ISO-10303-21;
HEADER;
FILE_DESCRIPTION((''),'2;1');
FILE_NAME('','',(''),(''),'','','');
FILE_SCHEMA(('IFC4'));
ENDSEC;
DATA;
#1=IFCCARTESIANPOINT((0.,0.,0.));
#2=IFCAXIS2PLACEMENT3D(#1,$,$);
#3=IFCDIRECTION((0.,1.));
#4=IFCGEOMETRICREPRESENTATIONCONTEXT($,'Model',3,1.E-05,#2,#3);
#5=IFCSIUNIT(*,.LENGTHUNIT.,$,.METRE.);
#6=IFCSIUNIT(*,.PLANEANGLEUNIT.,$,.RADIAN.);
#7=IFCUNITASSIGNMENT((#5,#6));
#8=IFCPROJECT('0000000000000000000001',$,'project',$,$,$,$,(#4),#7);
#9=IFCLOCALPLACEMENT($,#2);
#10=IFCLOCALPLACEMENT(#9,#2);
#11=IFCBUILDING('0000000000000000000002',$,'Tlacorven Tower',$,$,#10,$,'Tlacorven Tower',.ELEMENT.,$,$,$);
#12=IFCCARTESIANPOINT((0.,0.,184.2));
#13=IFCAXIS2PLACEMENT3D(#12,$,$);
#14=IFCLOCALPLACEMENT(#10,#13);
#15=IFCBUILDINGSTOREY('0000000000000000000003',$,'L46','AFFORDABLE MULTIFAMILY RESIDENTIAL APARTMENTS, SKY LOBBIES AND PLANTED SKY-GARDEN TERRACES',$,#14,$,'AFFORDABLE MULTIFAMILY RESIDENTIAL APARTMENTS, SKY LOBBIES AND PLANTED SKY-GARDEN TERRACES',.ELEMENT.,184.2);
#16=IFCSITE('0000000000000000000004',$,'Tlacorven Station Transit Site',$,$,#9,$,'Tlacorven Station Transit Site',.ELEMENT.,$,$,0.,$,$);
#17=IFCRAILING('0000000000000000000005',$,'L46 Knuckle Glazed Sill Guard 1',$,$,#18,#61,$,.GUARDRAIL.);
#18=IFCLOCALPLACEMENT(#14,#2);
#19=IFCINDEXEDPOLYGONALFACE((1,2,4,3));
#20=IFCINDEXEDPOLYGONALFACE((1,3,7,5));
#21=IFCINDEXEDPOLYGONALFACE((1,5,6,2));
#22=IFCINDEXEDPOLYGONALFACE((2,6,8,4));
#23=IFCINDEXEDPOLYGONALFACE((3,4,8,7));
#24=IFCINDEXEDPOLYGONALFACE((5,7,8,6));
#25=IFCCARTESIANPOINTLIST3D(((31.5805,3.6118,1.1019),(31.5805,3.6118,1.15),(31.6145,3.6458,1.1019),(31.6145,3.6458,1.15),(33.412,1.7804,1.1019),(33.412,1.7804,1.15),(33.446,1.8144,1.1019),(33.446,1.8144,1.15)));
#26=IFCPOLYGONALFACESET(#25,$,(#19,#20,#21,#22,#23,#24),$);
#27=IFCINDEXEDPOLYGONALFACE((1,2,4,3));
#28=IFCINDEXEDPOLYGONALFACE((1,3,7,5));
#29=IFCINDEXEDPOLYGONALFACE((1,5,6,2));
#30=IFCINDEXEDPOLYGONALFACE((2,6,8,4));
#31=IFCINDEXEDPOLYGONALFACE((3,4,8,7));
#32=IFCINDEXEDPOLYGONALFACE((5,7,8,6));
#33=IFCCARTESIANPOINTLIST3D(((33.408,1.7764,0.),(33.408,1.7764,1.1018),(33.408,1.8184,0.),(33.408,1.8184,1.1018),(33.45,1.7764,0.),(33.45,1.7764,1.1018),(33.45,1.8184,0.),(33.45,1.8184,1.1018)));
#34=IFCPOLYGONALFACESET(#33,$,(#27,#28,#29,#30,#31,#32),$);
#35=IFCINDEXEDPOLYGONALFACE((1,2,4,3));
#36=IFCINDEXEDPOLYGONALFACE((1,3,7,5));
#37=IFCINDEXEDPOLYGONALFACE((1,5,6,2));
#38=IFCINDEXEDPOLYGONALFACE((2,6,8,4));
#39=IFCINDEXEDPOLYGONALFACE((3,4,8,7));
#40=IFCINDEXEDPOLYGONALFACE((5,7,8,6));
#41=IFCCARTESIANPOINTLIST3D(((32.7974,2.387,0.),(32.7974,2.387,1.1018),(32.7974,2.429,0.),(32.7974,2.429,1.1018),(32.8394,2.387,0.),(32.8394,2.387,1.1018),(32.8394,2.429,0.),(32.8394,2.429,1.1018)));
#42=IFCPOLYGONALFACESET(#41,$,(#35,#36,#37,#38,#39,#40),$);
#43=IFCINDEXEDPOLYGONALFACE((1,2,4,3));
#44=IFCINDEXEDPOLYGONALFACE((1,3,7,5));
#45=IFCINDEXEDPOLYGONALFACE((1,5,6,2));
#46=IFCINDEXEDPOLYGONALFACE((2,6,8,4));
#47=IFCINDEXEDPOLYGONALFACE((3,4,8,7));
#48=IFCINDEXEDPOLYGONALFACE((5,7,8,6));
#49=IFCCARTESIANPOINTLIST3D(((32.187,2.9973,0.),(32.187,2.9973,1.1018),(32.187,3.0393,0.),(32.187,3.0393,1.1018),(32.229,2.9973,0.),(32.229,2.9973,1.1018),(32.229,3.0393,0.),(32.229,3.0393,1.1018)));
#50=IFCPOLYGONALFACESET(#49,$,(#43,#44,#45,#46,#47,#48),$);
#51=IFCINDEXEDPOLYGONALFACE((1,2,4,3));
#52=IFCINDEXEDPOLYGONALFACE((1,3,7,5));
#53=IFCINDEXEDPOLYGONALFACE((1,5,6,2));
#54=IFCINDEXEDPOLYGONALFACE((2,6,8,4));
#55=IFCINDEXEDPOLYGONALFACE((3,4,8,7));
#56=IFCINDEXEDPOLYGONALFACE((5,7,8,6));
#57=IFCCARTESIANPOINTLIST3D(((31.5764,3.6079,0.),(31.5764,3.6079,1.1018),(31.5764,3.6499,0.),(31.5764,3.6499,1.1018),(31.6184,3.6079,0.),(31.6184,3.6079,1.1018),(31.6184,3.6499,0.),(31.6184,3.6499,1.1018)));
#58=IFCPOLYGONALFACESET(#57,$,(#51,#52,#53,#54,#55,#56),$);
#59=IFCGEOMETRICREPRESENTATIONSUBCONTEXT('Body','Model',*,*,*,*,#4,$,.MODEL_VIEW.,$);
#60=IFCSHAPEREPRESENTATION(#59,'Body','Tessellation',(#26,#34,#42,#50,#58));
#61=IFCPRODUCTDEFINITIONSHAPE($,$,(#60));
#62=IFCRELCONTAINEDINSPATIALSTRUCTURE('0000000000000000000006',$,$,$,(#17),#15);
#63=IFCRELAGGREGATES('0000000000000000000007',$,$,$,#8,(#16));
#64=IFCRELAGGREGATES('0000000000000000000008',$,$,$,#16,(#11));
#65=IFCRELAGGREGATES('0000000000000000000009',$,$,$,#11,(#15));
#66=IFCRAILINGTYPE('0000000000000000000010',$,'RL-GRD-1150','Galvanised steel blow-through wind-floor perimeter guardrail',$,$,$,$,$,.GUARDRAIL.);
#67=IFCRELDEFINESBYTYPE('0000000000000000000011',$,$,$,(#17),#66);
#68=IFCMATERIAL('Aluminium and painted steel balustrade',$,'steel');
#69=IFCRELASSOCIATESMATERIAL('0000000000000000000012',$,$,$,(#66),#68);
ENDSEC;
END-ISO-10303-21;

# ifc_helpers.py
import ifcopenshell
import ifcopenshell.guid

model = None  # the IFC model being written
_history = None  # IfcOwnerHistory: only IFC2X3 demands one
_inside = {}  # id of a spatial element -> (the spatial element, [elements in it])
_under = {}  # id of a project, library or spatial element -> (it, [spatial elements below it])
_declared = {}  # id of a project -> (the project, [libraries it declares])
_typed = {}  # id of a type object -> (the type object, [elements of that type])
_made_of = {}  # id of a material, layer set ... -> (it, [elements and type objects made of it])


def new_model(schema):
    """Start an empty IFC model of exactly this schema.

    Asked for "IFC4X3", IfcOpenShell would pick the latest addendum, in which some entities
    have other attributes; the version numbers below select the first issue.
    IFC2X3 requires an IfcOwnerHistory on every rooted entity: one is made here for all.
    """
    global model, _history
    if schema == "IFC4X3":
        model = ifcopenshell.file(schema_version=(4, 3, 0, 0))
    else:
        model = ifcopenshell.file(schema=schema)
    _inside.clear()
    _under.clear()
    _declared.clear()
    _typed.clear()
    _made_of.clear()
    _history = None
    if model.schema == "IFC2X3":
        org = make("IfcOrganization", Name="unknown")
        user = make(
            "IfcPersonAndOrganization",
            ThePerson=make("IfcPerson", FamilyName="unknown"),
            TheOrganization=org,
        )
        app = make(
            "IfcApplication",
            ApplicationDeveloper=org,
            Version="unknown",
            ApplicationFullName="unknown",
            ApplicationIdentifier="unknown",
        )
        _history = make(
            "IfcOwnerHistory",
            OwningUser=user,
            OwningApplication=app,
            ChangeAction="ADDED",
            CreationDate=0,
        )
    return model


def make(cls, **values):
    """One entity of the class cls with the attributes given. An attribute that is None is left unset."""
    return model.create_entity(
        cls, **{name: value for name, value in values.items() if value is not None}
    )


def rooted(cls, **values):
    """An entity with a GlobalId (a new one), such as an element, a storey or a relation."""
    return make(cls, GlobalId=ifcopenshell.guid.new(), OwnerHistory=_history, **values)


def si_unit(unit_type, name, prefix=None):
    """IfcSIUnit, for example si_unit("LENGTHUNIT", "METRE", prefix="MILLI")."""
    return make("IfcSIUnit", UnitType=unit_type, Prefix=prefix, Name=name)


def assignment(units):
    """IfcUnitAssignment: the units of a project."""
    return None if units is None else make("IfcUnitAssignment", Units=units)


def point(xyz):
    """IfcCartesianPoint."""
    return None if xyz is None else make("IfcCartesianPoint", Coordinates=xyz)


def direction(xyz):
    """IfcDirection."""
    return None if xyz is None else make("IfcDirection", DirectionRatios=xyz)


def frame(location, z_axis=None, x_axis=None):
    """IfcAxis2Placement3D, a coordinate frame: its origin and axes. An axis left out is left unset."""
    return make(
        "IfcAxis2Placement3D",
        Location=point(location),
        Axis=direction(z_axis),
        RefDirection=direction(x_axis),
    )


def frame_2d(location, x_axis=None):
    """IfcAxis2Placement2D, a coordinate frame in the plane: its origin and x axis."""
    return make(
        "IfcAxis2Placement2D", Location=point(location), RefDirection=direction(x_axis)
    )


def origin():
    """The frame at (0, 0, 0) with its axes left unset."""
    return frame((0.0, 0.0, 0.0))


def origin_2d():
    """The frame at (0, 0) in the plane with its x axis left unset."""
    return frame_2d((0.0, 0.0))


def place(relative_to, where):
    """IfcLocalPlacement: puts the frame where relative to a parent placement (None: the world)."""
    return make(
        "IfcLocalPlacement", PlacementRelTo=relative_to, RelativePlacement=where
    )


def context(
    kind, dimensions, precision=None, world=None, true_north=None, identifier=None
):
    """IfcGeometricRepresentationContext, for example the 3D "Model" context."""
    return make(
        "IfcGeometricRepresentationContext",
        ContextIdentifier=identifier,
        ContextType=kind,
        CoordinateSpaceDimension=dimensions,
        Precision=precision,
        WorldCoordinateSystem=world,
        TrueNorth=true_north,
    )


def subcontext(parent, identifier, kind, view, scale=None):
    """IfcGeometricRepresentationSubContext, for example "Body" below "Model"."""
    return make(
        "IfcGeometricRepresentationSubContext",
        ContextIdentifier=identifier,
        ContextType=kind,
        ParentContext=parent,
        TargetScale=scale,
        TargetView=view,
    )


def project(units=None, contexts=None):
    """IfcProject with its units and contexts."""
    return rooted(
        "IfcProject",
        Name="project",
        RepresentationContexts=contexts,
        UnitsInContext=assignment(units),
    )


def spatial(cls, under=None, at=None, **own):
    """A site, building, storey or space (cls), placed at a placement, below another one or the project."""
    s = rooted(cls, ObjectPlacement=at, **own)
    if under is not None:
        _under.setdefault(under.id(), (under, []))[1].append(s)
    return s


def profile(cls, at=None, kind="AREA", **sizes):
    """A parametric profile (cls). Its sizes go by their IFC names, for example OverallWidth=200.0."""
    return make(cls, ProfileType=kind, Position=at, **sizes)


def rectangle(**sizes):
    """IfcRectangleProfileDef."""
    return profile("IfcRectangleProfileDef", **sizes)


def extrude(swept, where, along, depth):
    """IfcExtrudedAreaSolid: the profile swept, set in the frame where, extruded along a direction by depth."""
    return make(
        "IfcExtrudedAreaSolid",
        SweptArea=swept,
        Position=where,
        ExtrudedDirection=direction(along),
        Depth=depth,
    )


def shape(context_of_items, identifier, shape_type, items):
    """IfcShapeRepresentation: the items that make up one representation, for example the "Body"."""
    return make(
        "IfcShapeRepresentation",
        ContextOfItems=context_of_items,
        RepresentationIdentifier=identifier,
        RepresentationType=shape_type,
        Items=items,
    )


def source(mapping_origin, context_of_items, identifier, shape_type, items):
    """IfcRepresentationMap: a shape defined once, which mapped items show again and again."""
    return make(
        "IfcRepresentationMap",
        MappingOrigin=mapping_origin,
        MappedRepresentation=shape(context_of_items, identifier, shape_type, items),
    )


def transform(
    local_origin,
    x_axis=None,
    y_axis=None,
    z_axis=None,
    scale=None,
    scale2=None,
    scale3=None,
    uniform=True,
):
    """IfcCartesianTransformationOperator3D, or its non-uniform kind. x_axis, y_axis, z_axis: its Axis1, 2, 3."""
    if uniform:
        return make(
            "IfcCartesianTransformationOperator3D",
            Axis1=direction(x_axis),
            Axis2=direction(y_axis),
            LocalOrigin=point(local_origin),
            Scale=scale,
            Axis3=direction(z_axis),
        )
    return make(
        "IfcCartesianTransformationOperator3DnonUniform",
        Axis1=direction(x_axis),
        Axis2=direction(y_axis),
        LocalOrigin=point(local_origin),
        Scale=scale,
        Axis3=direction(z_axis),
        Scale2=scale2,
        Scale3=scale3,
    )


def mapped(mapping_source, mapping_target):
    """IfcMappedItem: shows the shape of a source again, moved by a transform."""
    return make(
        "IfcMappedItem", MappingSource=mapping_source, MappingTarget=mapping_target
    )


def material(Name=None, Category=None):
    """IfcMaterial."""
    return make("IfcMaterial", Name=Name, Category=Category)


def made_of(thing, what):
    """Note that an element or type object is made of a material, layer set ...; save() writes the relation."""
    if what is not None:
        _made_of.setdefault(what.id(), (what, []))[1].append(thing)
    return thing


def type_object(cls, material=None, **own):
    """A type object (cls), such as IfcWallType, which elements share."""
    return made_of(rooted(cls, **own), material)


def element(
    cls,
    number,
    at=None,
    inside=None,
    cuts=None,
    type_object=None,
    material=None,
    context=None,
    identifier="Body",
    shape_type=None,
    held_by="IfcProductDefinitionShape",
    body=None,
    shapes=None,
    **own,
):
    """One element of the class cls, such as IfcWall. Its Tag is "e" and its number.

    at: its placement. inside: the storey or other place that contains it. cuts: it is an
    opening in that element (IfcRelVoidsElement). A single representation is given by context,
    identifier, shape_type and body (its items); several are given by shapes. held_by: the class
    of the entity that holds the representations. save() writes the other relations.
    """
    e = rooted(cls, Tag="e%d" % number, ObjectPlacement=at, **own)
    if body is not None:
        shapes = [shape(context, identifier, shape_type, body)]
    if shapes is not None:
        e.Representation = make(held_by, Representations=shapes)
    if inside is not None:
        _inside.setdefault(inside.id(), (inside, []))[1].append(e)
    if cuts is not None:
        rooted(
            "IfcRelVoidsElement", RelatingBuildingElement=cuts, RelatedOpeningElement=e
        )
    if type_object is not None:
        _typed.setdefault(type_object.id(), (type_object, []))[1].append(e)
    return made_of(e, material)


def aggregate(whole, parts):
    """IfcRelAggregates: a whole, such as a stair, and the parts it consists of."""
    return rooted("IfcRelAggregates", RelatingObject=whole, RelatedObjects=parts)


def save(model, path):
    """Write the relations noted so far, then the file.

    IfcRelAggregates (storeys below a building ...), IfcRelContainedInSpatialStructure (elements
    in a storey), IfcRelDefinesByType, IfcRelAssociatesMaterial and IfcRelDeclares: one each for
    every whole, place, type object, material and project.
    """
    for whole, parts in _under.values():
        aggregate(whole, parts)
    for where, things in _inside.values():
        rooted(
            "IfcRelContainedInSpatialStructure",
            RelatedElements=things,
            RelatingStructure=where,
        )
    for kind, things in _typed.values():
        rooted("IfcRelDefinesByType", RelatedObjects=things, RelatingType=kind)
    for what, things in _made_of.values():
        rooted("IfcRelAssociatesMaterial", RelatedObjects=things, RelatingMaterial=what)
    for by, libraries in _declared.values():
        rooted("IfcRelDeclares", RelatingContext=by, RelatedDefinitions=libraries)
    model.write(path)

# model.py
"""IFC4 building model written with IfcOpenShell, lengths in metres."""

from ifc_helpers import new_model, si_unit, direction, frame, origin, origin_2d, place, context, subcontext, project, spatial, rectangle, extrude, source, transform, mapped, material, type_object, element, save


model = new_model("IFC4")

# Units and contexts
model_context = context("Model", 3, precision=1e-05, world=origin(), true_north=direction((0.0, 1.0)))
body_context = subcontext(model_context, "Body", "Model", "MODEL_VIEW")
ifc_project = project(units=[si_unit("LENGTHUNIT", "METRE"), si_unit("PLANEANGLEUNIT", "RADIAN")], contexts=[model_context])

# Site, building, storey
site_placement = place(None, origin())
site = spatial("IfcSite", under=ifc_project, at=site_placement, Name="Tlacorven Station Transit Site", LongName="Tlacorven Station Transit Site", CompositionType="ELEMENT", RefElevation=0.0)
building_placement = place(site_placement, origin())
building = spatial("IfcBuilding", under=site, at=building_placement, Name="Tlacorven Tower", LongName="Tlacorven Tower", CompositionType="ELEMENT")
storey_placement = place(building_placement, frame((0.0, 0.0, 184.2)))
storey = spatial("IfcBuildingStorey", under=building, at=storey_placement, Name="L46", Description="AFFORDABLE MULTIFAMILY RESIDENTIAL APARTMENTS, SKY LOBBIES AND PLANTED SKY-GARDEN TERRACES", LongName="AFFORDABLE MULTIFAMILY RESIDENTIAL APARTMENTS, SKY LOBBIES AND PLANTED SKY-GARDEN TERRACES", CompositionType="ELEMENT", Elevation=184.2)

# Railing
ifc_material_1 = material(Name="Aluminium and painted steel balustrade", Category="steel")
railing_type = type_object("IfcRailingType", Name="RL-GRD-1150", Description="Galvanised steel blow-through wind-floor perimeter guardrail", PredefinedType="GUARDRAIL", material=ifc_material_1)
shared_shape_1 = source(origin(), body_context, "Body", "SweptSolid", [
    extrude(rectangle(XDim=0.0481, YDim=0.0481, at=origin_2d()), frame((0.0, 0.0, 1.126), z_axis=(-0.707107, 0.707107, 0.0), x_axis=(-0.707107, -0.707107, 0.0)), (0.0, 0.0, 1.0), 2.5901),
    extrude(rectangle(XDim=0.042, YDim=0.042, at=origin_2d()), origin(), (0.0, 0.0, 1.0), 1.1018),
    extrude(rectangle(XDim=0.042, YDim=0.042, at=origin_2d()), frame((-0.6106, 0.6106, 0.0)), (0.0, 0.0, 1.0), 1.1018),
    extrude(rectangle(XDim=0.042, YDim=0.042, at=origin_2d()), frame((-1.2209, 1.2209, 0.0)), (0.0, 0.0, 1.0), 1.1018),
    extrude(rectangle(XDim=0.042, YDim=0.042, at=origin_2d()), frame((-1.8315, 1.8315, 0.0)), (0.0, 0.0, 1.0), 1.1018),
])
railing_placement = place(storey_placement, frame((33.429, 1.7974, 0.0)))
element("IfcRailing", 1, at=railing_placement, inside=storey, type_object=railing_type, Name="L46 Knuckle Glazed Sill Guard 1", PredefinedType="GUARDRAIL", context=body_context, shape_type="MappedRepresentation", body=[
    mapped(shared_shape_1, transform((0.0, 0.0, 0.0), scale=1.0)),
])

save(model, "model.ifc")
